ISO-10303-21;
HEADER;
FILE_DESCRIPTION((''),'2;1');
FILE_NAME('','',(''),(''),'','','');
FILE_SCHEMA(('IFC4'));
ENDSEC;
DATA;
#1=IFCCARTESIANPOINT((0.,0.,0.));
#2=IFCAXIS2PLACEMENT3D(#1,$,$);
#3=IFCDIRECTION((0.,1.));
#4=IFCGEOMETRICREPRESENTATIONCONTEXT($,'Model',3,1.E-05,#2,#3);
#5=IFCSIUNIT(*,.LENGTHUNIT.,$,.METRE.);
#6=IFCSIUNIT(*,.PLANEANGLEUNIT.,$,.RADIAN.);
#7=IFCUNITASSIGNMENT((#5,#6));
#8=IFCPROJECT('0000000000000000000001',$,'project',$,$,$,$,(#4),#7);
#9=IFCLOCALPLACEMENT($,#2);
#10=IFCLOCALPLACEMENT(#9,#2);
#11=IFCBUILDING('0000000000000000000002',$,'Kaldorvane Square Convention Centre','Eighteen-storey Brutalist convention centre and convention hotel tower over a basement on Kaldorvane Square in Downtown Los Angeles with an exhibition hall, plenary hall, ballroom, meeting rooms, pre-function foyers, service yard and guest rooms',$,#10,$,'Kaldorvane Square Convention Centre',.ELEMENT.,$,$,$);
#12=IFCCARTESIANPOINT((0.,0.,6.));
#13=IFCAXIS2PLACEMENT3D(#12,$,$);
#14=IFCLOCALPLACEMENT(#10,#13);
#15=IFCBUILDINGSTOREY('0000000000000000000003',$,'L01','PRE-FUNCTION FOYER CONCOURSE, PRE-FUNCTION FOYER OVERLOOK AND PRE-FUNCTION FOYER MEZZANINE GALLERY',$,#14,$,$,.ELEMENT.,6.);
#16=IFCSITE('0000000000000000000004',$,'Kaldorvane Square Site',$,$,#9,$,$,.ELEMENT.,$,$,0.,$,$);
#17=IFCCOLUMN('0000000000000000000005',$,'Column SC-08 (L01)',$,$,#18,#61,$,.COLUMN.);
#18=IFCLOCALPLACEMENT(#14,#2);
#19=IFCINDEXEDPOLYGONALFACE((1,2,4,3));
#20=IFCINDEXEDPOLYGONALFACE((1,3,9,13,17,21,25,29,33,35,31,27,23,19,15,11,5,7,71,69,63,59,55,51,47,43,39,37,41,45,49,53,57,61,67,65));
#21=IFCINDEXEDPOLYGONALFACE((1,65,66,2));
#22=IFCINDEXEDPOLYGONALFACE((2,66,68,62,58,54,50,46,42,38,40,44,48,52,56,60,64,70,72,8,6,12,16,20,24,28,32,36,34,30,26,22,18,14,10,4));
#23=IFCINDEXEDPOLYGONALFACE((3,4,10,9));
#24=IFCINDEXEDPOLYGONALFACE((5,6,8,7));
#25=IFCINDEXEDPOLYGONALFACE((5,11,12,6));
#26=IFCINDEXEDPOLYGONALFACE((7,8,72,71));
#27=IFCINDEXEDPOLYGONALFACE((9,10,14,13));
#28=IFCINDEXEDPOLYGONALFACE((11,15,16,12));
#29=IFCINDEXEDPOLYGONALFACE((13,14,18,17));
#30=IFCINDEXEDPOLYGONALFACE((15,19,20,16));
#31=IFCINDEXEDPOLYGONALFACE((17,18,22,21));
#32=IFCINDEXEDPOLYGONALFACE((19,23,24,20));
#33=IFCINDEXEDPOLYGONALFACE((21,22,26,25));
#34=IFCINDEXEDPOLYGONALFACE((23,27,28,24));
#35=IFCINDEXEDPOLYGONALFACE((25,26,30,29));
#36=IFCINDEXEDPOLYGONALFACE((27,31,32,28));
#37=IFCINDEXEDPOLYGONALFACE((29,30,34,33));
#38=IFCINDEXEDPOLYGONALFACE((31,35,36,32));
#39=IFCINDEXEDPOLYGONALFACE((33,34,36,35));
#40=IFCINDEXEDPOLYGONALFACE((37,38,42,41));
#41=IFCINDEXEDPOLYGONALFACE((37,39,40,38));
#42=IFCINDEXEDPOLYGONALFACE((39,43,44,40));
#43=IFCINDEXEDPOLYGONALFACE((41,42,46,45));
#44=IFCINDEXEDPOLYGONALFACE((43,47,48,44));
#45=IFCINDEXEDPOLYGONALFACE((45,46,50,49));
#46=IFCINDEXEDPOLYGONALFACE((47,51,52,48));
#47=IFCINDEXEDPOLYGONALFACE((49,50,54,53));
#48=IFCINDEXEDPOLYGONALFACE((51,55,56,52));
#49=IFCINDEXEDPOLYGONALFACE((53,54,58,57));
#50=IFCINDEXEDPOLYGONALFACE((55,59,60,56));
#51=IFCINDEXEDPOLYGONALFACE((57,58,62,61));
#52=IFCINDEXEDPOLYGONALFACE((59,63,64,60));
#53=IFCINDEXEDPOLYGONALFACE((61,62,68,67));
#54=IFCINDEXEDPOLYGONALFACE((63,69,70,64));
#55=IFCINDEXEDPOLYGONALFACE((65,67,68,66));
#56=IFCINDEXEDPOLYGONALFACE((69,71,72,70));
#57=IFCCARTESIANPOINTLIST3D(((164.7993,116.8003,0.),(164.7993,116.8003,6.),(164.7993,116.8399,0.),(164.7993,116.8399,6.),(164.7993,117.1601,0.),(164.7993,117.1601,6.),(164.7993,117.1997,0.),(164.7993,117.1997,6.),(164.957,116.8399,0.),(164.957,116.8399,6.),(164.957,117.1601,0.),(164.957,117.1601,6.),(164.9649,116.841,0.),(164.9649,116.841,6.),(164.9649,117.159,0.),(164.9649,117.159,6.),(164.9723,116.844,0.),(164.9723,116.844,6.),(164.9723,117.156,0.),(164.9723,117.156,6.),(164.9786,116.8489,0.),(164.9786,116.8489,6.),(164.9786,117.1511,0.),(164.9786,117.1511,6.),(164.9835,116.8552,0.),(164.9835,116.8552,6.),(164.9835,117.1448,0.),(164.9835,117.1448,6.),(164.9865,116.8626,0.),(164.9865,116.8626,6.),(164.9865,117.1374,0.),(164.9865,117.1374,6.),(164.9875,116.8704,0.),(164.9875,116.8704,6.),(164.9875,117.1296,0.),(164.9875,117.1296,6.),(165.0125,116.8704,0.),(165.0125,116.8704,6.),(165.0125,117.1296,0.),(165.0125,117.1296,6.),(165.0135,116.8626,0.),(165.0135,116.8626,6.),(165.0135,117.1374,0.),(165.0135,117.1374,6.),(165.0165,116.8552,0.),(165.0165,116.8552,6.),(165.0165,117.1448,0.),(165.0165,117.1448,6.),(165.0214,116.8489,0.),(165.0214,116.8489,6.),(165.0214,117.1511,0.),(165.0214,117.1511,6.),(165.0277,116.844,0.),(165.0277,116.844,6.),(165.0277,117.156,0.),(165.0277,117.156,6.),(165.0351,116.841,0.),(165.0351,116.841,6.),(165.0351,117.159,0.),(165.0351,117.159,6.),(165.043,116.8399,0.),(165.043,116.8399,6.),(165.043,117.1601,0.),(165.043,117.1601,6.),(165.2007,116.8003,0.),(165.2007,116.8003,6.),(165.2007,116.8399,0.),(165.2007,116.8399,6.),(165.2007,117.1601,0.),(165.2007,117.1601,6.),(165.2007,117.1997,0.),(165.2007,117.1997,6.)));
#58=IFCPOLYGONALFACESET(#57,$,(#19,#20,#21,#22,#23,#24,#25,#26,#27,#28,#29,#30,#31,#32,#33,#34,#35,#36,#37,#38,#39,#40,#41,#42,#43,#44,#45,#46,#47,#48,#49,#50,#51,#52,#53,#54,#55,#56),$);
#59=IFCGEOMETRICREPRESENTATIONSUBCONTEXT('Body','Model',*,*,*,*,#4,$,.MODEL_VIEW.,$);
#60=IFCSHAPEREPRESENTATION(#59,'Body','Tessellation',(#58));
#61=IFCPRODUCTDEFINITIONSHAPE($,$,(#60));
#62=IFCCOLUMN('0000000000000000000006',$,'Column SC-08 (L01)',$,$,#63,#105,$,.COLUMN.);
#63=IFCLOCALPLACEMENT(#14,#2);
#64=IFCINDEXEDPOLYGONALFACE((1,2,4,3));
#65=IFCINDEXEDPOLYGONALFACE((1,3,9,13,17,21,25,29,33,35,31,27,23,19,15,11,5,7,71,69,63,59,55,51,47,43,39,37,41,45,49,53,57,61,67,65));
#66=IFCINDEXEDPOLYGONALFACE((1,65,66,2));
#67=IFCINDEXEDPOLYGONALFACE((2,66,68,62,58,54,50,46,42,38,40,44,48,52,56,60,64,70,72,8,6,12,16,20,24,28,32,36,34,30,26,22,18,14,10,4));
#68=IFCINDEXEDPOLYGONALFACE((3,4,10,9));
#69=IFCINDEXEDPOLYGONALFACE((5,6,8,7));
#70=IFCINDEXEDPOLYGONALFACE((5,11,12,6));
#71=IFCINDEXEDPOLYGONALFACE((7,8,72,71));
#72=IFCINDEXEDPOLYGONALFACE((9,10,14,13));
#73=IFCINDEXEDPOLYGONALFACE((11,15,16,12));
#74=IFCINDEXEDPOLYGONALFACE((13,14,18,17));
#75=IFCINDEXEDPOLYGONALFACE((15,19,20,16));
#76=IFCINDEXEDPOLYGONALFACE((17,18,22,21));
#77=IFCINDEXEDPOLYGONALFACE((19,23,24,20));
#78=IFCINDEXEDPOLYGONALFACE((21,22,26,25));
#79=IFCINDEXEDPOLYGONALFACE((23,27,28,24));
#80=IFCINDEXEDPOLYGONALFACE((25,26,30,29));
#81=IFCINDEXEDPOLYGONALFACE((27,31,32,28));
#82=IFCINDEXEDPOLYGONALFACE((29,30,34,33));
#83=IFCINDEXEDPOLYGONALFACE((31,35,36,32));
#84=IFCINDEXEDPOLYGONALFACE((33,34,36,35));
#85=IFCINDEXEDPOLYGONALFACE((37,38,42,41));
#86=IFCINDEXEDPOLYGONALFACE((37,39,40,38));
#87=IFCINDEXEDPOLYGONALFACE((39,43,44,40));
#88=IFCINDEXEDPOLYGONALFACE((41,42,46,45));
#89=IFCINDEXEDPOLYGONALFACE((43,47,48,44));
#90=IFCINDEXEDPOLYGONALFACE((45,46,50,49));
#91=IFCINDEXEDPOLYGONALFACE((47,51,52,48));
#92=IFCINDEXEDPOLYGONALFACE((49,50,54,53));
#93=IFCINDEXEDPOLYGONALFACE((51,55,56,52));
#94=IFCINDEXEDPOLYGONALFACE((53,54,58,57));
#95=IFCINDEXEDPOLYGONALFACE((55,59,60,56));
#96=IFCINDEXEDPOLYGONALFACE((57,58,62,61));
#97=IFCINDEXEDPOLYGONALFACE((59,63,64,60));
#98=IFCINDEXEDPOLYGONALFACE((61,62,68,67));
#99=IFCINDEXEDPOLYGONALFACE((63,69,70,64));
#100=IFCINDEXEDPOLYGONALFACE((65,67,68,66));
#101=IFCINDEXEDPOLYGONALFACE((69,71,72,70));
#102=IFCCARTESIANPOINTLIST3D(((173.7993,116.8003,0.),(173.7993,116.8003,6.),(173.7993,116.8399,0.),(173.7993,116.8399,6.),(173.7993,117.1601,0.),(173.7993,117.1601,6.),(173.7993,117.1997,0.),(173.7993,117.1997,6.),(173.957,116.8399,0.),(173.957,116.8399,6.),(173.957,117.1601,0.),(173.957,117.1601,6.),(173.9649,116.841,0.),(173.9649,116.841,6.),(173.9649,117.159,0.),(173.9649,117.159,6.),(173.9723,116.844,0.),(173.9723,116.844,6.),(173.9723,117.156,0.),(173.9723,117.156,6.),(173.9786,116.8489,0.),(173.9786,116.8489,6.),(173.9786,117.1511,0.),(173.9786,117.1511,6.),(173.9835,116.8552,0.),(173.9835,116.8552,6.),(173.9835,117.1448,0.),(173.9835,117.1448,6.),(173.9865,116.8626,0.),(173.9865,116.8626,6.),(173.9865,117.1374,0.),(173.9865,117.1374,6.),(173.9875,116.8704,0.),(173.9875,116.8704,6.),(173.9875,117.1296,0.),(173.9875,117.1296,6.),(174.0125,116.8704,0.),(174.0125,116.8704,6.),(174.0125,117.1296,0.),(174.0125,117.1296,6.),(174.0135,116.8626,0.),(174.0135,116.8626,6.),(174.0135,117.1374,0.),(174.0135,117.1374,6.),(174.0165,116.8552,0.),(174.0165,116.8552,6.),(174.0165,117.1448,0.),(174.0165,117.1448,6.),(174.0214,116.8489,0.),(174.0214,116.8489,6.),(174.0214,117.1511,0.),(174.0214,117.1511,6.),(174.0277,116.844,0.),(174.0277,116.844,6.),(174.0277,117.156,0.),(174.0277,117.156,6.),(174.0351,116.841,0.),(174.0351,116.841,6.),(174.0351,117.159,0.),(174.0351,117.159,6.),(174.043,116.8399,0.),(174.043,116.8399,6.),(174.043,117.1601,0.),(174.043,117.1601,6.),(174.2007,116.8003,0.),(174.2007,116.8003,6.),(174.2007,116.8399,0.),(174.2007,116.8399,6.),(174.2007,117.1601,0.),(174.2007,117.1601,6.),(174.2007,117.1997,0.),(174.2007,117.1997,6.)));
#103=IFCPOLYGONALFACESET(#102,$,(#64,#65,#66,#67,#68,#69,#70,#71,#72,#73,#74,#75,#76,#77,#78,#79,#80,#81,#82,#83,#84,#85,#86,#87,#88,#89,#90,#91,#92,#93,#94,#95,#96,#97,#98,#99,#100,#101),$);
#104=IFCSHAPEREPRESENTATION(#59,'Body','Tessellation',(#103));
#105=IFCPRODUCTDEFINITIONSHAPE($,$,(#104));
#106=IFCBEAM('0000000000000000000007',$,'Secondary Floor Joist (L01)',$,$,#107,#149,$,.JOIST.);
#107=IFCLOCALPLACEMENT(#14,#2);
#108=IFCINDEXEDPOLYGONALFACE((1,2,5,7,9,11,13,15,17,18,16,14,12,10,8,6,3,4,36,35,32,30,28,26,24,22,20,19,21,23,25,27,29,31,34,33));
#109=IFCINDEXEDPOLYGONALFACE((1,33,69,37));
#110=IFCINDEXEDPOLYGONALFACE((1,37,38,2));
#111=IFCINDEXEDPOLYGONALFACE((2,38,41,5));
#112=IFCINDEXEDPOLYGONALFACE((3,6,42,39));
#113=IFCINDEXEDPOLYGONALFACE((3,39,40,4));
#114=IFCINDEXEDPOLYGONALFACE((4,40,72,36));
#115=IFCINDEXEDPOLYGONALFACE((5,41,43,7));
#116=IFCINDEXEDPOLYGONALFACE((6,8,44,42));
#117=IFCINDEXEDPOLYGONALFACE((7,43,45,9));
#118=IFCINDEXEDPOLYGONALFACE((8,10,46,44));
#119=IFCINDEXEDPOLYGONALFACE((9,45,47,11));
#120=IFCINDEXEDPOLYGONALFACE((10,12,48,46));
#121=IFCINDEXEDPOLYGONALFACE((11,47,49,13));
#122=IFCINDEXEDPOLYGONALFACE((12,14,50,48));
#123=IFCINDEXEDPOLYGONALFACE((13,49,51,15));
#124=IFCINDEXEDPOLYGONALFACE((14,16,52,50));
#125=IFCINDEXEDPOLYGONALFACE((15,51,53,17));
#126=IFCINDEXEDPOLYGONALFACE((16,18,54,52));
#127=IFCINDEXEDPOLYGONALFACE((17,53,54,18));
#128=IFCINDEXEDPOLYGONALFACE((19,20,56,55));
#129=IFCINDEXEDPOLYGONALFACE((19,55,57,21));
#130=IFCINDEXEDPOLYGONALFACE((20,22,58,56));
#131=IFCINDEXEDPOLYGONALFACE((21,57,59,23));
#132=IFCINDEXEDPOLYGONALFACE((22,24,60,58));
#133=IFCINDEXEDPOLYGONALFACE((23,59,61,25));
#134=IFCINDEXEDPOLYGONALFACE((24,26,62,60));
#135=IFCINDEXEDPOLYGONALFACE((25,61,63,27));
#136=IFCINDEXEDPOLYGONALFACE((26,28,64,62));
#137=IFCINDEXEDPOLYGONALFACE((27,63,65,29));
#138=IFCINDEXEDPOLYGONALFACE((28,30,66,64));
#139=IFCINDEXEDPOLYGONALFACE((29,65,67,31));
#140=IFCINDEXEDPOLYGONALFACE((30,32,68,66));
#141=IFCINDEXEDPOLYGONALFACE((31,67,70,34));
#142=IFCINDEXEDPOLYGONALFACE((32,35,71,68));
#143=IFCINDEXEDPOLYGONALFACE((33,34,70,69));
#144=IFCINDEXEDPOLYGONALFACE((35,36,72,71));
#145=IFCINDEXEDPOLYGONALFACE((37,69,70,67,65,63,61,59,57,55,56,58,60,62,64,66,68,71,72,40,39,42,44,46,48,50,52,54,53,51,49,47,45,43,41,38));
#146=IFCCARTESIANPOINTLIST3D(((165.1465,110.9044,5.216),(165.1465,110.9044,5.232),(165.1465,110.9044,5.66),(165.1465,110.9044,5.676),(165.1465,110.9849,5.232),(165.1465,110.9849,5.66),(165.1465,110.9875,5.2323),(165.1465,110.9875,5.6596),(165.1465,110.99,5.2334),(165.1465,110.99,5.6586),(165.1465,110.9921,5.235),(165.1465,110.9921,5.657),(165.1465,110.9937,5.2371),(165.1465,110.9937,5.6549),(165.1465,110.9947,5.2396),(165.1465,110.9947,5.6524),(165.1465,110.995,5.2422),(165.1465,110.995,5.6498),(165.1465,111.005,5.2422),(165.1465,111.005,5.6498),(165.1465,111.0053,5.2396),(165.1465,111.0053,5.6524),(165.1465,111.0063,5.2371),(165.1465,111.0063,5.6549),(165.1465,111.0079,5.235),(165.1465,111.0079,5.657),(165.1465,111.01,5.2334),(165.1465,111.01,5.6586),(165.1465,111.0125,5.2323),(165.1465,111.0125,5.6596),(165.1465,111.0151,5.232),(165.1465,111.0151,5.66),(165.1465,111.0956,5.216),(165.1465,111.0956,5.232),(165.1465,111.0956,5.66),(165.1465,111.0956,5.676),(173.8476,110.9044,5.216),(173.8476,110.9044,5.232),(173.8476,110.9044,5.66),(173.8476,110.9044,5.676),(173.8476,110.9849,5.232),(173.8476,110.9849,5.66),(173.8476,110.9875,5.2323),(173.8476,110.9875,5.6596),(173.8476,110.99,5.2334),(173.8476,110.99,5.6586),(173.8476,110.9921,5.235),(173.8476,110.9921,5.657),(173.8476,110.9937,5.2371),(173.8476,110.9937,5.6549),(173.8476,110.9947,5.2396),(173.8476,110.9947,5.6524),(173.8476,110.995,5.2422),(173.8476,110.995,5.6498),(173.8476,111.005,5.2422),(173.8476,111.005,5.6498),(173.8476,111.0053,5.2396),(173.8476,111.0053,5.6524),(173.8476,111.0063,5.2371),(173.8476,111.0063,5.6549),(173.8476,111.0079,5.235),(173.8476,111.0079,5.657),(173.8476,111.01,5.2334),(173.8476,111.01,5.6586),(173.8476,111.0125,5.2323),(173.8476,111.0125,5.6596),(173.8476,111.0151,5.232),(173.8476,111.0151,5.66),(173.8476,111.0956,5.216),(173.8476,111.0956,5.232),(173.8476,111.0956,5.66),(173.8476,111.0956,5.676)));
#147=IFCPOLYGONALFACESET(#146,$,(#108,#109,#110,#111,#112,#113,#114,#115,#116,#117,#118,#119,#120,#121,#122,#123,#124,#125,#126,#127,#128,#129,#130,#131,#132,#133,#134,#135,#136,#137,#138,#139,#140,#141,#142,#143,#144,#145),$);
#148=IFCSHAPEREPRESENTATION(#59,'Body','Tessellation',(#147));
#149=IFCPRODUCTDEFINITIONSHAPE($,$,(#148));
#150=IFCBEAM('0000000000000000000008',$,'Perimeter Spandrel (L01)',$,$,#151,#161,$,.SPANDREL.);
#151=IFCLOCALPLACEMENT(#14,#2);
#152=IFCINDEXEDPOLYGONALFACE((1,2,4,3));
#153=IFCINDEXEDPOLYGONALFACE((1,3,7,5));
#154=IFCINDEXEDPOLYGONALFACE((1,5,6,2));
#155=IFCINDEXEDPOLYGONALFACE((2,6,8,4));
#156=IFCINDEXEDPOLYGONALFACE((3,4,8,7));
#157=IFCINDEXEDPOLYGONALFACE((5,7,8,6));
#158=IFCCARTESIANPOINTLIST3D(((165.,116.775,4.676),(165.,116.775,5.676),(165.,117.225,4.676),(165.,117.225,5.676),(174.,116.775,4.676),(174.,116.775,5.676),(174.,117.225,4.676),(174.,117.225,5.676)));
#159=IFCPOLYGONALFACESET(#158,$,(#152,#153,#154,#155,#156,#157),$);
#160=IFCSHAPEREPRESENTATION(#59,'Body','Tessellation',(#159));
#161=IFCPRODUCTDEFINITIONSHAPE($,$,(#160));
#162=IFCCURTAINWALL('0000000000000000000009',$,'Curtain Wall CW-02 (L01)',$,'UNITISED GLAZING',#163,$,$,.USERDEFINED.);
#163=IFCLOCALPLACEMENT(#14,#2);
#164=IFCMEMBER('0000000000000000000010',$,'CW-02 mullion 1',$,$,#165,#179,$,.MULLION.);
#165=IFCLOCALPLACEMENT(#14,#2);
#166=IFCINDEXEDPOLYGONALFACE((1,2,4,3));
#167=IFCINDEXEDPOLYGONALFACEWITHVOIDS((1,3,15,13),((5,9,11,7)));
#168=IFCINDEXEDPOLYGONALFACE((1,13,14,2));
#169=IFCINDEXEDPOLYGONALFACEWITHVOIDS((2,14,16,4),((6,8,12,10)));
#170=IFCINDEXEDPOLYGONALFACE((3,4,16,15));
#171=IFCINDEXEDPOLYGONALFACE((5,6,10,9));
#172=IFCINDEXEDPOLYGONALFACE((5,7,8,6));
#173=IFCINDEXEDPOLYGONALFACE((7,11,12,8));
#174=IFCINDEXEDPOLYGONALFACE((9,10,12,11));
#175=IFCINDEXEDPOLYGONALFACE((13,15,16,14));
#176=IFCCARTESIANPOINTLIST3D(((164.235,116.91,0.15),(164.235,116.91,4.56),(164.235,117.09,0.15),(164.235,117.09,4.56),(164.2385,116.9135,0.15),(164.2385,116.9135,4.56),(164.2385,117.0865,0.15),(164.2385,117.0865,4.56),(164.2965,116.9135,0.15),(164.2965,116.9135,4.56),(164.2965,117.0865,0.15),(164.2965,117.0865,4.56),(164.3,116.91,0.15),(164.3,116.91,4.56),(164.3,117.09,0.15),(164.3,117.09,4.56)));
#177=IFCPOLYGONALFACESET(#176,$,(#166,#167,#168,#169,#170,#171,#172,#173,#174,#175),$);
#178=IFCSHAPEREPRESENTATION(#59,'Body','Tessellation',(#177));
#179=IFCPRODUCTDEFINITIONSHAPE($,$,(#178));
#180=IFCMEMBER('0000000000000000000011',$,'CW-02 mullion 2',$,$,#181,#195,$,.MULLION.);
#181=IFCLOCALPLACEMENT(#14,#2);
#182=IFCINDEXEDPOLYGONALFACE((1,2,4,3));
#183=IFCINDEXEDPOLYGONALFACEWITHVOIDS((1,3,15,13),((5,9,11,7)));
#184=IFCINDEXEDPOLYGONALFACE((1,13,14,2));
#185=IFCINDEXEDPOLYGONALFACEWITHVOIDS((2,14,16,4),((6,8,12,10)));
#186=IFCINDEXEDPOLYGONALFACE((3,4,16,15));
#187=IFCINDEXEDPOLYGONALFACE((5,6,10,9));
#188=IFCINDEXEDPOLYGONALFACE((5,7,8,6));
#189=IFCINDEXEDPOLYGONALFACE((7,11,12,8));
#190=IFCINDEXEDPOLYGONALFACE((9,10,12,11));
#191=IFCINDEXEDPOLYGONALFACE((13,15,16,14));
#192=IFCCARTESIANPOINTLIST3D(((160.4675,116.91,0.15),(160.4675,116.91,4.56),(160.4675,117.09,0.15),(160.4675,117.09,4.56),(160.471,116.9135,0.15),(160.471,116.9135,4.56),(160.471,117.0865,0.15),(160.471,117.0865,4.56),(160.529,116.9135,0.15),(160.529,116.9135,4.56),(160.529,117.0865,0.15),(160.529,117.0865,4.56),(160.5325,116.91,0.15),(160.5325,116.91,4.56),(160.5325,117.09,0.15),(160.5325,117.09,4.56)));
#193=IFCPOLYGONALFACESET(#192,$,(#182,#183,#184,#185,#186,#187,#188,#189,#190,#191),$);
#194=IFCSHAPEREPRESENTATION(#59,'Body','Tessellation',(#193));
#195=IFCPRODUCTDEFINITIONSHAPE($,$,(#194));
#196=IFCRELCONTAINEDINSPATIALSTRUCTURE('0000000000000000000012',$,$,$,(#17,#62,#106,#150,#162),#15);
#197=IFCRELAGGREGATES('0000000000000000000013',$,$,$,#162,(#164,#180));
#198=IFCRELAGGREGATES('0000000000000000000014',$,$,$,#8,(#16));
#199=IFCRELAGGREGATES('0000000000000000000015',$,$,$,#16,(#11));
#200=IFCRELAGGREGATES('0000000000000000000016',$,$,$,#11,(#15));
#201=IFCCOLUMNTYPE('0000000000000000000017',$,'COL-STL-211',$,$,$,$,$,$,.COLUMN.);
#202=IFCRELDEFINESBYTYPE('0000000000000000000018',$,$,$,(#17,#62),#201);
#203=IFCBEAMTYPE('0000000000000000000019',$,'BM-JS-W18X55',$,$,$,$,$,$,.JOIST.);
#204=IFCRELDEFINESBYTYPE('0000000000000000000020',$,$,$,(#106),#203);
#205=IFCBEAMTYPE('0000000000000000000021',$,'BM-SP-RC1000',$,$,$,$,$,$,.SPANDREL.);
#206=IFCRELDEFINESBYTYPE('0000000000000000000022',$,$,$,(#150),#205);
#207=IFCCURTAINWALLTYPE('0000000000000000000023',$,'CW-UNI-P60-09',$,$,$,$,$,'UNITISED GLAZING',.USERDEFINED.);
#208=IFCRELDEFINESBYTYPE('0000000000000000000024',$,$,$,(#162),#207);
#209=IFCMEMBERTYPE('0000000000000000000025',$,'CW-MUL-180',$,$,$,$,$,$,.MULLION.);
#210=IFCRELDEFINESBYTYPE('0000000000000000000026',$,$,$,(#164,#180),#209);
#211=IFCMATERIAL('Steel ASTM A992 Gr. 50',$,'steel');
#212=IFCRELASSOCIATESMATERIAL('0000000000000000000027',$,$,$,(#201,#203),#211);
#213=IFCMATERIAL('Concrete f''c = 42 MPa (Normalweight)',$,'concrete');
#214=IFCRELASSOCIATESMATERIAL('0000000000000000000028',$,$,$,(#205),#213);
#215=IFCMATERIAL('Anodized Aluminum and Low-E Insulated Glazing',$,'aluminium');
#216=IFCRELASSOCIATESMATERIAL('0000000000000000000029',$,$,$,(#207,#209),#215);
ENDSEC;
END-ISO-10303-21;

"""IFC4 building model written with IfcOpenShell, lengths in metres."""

from ifc_helpers import new_model, si_unit, direction, frame, origin, origin_2d, place, context, subcontext, project, spatial, rectangle, hollow_rectangle, i_section, extrude, material, material_profile, profile_set, type_object, element, aggregate, save


model = new_model("IFC4")

# Units and contexts
model_context = context("Model", 3, precision=1e-05, world=origin(), true_north=direction((0.0, 1.0)))
body_context = subcontext(model_context, "Body", "Model", "MODEL_VIEW")
ifc_project = project(units=[si_unit("LENGTHUNIT", "METRE"), si_unit("PLANEANGLEUNIT", "RADIAN")], contexts=[model_context])

# Site, building, storey
site_placement = place(None, origin())
site = spatial("IfcSite", under=ifc_project, at=site_placement, Name="Kaldorvane Square Site", CompositionType="ELEMENT", RefElevation=0.0)
building_placement = place(site_placement, origin())
building = spatial("IfcBuilding", under=site, at=building_placement, Name="Kaldorvane Square Convention Centre", Description="Eighteen-storey Brutalist convention centre and convention hotel tower over a basement on Kaldorvane Square in Downtown Los Angeles with an exhibition hall, plenary hall, ballroom, meeting rooms, pre-function foyers, service yard and guest rooms", LongName="Kaldorvane Square Convention Centre", CompositionType="ELEMENT")
storey_placement = place(building_placement, frame((0.0, 0.0, 6.0)))
storey = spatial("IfcBuildingStorey", under=building, at=storey_placement, Name="L01", Description="PRE-FUNCTION FOYER CONCOURSE, PRE-FUNCTION FOYER OVERLOOK AND PRE-FUNCTION FOYER MEZZANINE GALLERY", CompositionType="ELEMENT", Elevation=6.0)

# Columns
ifc_material_1 = material(Name="Steel ASTM A992 Gr. 50", Category="steel")
ifc_material_profile_1 = material_profile(ifc_material_1, i_section(OverallWidth=0.4013, OverallDepth=0.3993, WebThickness=0.0249, FlangeThickness=0.0396, FilletRadius=0.0305, at=origin_2d()), Name="W14X211")
ifc_profile_set_1 = profile_set([ifc_material_profile_1], Name="Steel ASTM A992 Gr. 50")
column_type = type_object("IfcColumnType", Name="COL-STL-211", PredefinedType="COLUMN", material=ifc_profile_set_1)
for number, where, z_axis, x_axis, name in (
    (1, (165.0, 117.0, 0.0), (0.0, 0.0, 1.0), (1.0, 0.0, 0.0), "Column SC-08 (L01)"),
    (2, (174.0, 117.0, 0.0), (0.0, 0.0, 1.0), (1.0, 0.0, 0.0), "Column SC-08 (L01)"),
):
    element("IfcColumn", number, at=place(storey_placement, frame(where, z_axis=z_axis, x_axis=x_axis)), inside=storey, type_object=column_type, Name=name, PredefinedType="COLUMN", context=body_context, shape_type="SweptSolid", body=[
        extrude(i_section(OverallWidth=0.4013, OverallDepth=0.3993, WebThickness=0.0249, FlangeThickness=0.0396, FilletRadius=0.0305, at=origin_2d()), origin(), (0.0, 0.0, 1.0), 6.0),
    ])

# Beams
ifc_material_profile_2 = material_profile(ifc_material_1, i_section(OverallWidth=0.1913, OverallDepth=0.46, WebThickness=0.0099, FlangeThickness=0.016, FilletRadius=0.0102, at=origin_2d()), Name="W18X55")
ifc_profile_set_2 = profile_set([ifc_material_profile_2], Name="Steel ASTM A992 Gr. 50")
beam_type_1 = type_object("IfcBeamType", Name="BM-JS-W18X55", PredefinedType="JOIST", material=ifc_profile_set_2)
beam_1_placement = place(storey_placement, frame((165.1465, 111.0, 5.446), z_axis=(1.0, 0.0, 0.0), x_axis=(0.0, 1.0, 0.0)))
element("IfcBeam", 3, at=beam_1_placement, inside=storey, type_object=beam_type_1, Name="Secondary Floor Joist (L01)", PredefinedType="JOIST", context=body_context, shape_type="SweptSolid", body=[
    extrude(i_section(OverallWidth=0.1913, OverallDepth=0.46, WebThickness=0.0099, FlangeThickness=0.016, FilletRadius=0.0102, at=origin_2d()), origin(), (0.0, 0.0, 1.0), 8.7011),
])
ifc_material_2 = material(Name="Concrete f'c = 42 MPa (Normalweight)", Category="concrete")
ifc_material_profile_3 = material_profile(ifc_material_2, rectangle(XDim=0.45, YDim=1.0, at=origin_2d()), Name="RCSP1000X450")
ifc_profile_set_3 = profile_set([ifc_material_profile_3], Name="Concrete f'c = 42 MPa (Normalweight)")
beam_type_2 = type_object("IfcBeamType", Name="BM-SP-RC1000", PredefinedType="SPANDREL", material=ifc_profile_set_3)
beam_2_placement = place(storey_placement, frame((165.0, 117.0, 5.176), z_axis=(1.0, 0.0, 0.0), x_axis=(0.0, 1.0, 0.0)))
element("IfcBeam", 4, at=beam_2_placement, inside=storey, type_object=beam_type_2, Name="Perimeter Spandrel (L01)", PredefinedType="SPANDREL", context=body_context, shape_type="SweptSolid", body=[
    extrude(rectangle(XDim=0.45, YDim=1.0, at=origin_2d()), origin(), (0.0, 0.0, 1.0), 9.0),
])

# Curtain wall, members
ifc_material_3 = material(Name="Anodized Aluminum and Low-E Insulated Glazing", Category="aluminium")
curtain_wall_type = type_object("IfcCurtainWallType", Name="CW-UNI-P60-09", ElementType="UNITISED GLAZING", PredefinedType="USERDEFINED", material=ifc_material_3)
curtain_wall_1_placement = place(storey_placement, origin())
curtain_wall_1 = element("IfcCurtainWall", 5, at=curtain_wall_1_placement, inside=storey, type_object=curtain_wall_type, Name="Curtain Wall CW-02 (L01)", ObjectType="UNITISED GLAZING", PredefinedType="USERDEFINED")
ifc_material_profile_4 = material_profile(ifc_material_3, hollow_rectangle(XDim=0.065, YDim=0.18, WallThickness=0.0035, at=origin_2d()), Name="CWM-180X65")
ifc_profile_set_4 = profile_set([ifc_material_profile_4], Name="Anodized Aluminum and Low-E Insulated Glazing")
member_type_1 = type_object("IfcMemberType", Name="CW-MUL-180", PredefinedType="MULLION", material=ifc_profile_set_4)
member_1_placement = place(storey_placement, frame((164.2675, 117.0, 0.15), z_axis=(0.0, 0.0, 1.0), x_axis=(-1.0, 0.0, 0.0)))
member_1 = element("IfcMember", 6, at=member_1_placement, type_object=member_type_1, Name="CW-02 mullion 1", PredefinedType="MULLION", context=body_context, shape_type="SweptSolid", body=[
    extrude(hollow_rectangle(XDim=0.065, YDim=0.18, WallThickness=0.0035, at=origin_2d()), origin(), (0.0, 0.0, 1.0), 4.41),
])
member_2_placement = place(storey_placement, frame((160.5, 117.0, 0.15), z_axis=(0.0, 0.0, 1.0), x_axis=(-1.0, 0.0, 0.0)))
member_2 = element("IfcMember", 7, at=member_2_placement, type_object=member_type_1, Name="CW-02 mullion 2", PredefinedType="MULLION", context=body_context, shape_type="SweptSolid", body=[
    extrude(hollow_rectangle(XDim=0.065, YDim=0.18, WallThickness=0.0035, at=origin_2d()), origin(), (0.0, 0.0, 1.0), 4.41),
])

aggregate(curtain_wall_1, [member_1, member_2])

save(model, "model.ifc")
